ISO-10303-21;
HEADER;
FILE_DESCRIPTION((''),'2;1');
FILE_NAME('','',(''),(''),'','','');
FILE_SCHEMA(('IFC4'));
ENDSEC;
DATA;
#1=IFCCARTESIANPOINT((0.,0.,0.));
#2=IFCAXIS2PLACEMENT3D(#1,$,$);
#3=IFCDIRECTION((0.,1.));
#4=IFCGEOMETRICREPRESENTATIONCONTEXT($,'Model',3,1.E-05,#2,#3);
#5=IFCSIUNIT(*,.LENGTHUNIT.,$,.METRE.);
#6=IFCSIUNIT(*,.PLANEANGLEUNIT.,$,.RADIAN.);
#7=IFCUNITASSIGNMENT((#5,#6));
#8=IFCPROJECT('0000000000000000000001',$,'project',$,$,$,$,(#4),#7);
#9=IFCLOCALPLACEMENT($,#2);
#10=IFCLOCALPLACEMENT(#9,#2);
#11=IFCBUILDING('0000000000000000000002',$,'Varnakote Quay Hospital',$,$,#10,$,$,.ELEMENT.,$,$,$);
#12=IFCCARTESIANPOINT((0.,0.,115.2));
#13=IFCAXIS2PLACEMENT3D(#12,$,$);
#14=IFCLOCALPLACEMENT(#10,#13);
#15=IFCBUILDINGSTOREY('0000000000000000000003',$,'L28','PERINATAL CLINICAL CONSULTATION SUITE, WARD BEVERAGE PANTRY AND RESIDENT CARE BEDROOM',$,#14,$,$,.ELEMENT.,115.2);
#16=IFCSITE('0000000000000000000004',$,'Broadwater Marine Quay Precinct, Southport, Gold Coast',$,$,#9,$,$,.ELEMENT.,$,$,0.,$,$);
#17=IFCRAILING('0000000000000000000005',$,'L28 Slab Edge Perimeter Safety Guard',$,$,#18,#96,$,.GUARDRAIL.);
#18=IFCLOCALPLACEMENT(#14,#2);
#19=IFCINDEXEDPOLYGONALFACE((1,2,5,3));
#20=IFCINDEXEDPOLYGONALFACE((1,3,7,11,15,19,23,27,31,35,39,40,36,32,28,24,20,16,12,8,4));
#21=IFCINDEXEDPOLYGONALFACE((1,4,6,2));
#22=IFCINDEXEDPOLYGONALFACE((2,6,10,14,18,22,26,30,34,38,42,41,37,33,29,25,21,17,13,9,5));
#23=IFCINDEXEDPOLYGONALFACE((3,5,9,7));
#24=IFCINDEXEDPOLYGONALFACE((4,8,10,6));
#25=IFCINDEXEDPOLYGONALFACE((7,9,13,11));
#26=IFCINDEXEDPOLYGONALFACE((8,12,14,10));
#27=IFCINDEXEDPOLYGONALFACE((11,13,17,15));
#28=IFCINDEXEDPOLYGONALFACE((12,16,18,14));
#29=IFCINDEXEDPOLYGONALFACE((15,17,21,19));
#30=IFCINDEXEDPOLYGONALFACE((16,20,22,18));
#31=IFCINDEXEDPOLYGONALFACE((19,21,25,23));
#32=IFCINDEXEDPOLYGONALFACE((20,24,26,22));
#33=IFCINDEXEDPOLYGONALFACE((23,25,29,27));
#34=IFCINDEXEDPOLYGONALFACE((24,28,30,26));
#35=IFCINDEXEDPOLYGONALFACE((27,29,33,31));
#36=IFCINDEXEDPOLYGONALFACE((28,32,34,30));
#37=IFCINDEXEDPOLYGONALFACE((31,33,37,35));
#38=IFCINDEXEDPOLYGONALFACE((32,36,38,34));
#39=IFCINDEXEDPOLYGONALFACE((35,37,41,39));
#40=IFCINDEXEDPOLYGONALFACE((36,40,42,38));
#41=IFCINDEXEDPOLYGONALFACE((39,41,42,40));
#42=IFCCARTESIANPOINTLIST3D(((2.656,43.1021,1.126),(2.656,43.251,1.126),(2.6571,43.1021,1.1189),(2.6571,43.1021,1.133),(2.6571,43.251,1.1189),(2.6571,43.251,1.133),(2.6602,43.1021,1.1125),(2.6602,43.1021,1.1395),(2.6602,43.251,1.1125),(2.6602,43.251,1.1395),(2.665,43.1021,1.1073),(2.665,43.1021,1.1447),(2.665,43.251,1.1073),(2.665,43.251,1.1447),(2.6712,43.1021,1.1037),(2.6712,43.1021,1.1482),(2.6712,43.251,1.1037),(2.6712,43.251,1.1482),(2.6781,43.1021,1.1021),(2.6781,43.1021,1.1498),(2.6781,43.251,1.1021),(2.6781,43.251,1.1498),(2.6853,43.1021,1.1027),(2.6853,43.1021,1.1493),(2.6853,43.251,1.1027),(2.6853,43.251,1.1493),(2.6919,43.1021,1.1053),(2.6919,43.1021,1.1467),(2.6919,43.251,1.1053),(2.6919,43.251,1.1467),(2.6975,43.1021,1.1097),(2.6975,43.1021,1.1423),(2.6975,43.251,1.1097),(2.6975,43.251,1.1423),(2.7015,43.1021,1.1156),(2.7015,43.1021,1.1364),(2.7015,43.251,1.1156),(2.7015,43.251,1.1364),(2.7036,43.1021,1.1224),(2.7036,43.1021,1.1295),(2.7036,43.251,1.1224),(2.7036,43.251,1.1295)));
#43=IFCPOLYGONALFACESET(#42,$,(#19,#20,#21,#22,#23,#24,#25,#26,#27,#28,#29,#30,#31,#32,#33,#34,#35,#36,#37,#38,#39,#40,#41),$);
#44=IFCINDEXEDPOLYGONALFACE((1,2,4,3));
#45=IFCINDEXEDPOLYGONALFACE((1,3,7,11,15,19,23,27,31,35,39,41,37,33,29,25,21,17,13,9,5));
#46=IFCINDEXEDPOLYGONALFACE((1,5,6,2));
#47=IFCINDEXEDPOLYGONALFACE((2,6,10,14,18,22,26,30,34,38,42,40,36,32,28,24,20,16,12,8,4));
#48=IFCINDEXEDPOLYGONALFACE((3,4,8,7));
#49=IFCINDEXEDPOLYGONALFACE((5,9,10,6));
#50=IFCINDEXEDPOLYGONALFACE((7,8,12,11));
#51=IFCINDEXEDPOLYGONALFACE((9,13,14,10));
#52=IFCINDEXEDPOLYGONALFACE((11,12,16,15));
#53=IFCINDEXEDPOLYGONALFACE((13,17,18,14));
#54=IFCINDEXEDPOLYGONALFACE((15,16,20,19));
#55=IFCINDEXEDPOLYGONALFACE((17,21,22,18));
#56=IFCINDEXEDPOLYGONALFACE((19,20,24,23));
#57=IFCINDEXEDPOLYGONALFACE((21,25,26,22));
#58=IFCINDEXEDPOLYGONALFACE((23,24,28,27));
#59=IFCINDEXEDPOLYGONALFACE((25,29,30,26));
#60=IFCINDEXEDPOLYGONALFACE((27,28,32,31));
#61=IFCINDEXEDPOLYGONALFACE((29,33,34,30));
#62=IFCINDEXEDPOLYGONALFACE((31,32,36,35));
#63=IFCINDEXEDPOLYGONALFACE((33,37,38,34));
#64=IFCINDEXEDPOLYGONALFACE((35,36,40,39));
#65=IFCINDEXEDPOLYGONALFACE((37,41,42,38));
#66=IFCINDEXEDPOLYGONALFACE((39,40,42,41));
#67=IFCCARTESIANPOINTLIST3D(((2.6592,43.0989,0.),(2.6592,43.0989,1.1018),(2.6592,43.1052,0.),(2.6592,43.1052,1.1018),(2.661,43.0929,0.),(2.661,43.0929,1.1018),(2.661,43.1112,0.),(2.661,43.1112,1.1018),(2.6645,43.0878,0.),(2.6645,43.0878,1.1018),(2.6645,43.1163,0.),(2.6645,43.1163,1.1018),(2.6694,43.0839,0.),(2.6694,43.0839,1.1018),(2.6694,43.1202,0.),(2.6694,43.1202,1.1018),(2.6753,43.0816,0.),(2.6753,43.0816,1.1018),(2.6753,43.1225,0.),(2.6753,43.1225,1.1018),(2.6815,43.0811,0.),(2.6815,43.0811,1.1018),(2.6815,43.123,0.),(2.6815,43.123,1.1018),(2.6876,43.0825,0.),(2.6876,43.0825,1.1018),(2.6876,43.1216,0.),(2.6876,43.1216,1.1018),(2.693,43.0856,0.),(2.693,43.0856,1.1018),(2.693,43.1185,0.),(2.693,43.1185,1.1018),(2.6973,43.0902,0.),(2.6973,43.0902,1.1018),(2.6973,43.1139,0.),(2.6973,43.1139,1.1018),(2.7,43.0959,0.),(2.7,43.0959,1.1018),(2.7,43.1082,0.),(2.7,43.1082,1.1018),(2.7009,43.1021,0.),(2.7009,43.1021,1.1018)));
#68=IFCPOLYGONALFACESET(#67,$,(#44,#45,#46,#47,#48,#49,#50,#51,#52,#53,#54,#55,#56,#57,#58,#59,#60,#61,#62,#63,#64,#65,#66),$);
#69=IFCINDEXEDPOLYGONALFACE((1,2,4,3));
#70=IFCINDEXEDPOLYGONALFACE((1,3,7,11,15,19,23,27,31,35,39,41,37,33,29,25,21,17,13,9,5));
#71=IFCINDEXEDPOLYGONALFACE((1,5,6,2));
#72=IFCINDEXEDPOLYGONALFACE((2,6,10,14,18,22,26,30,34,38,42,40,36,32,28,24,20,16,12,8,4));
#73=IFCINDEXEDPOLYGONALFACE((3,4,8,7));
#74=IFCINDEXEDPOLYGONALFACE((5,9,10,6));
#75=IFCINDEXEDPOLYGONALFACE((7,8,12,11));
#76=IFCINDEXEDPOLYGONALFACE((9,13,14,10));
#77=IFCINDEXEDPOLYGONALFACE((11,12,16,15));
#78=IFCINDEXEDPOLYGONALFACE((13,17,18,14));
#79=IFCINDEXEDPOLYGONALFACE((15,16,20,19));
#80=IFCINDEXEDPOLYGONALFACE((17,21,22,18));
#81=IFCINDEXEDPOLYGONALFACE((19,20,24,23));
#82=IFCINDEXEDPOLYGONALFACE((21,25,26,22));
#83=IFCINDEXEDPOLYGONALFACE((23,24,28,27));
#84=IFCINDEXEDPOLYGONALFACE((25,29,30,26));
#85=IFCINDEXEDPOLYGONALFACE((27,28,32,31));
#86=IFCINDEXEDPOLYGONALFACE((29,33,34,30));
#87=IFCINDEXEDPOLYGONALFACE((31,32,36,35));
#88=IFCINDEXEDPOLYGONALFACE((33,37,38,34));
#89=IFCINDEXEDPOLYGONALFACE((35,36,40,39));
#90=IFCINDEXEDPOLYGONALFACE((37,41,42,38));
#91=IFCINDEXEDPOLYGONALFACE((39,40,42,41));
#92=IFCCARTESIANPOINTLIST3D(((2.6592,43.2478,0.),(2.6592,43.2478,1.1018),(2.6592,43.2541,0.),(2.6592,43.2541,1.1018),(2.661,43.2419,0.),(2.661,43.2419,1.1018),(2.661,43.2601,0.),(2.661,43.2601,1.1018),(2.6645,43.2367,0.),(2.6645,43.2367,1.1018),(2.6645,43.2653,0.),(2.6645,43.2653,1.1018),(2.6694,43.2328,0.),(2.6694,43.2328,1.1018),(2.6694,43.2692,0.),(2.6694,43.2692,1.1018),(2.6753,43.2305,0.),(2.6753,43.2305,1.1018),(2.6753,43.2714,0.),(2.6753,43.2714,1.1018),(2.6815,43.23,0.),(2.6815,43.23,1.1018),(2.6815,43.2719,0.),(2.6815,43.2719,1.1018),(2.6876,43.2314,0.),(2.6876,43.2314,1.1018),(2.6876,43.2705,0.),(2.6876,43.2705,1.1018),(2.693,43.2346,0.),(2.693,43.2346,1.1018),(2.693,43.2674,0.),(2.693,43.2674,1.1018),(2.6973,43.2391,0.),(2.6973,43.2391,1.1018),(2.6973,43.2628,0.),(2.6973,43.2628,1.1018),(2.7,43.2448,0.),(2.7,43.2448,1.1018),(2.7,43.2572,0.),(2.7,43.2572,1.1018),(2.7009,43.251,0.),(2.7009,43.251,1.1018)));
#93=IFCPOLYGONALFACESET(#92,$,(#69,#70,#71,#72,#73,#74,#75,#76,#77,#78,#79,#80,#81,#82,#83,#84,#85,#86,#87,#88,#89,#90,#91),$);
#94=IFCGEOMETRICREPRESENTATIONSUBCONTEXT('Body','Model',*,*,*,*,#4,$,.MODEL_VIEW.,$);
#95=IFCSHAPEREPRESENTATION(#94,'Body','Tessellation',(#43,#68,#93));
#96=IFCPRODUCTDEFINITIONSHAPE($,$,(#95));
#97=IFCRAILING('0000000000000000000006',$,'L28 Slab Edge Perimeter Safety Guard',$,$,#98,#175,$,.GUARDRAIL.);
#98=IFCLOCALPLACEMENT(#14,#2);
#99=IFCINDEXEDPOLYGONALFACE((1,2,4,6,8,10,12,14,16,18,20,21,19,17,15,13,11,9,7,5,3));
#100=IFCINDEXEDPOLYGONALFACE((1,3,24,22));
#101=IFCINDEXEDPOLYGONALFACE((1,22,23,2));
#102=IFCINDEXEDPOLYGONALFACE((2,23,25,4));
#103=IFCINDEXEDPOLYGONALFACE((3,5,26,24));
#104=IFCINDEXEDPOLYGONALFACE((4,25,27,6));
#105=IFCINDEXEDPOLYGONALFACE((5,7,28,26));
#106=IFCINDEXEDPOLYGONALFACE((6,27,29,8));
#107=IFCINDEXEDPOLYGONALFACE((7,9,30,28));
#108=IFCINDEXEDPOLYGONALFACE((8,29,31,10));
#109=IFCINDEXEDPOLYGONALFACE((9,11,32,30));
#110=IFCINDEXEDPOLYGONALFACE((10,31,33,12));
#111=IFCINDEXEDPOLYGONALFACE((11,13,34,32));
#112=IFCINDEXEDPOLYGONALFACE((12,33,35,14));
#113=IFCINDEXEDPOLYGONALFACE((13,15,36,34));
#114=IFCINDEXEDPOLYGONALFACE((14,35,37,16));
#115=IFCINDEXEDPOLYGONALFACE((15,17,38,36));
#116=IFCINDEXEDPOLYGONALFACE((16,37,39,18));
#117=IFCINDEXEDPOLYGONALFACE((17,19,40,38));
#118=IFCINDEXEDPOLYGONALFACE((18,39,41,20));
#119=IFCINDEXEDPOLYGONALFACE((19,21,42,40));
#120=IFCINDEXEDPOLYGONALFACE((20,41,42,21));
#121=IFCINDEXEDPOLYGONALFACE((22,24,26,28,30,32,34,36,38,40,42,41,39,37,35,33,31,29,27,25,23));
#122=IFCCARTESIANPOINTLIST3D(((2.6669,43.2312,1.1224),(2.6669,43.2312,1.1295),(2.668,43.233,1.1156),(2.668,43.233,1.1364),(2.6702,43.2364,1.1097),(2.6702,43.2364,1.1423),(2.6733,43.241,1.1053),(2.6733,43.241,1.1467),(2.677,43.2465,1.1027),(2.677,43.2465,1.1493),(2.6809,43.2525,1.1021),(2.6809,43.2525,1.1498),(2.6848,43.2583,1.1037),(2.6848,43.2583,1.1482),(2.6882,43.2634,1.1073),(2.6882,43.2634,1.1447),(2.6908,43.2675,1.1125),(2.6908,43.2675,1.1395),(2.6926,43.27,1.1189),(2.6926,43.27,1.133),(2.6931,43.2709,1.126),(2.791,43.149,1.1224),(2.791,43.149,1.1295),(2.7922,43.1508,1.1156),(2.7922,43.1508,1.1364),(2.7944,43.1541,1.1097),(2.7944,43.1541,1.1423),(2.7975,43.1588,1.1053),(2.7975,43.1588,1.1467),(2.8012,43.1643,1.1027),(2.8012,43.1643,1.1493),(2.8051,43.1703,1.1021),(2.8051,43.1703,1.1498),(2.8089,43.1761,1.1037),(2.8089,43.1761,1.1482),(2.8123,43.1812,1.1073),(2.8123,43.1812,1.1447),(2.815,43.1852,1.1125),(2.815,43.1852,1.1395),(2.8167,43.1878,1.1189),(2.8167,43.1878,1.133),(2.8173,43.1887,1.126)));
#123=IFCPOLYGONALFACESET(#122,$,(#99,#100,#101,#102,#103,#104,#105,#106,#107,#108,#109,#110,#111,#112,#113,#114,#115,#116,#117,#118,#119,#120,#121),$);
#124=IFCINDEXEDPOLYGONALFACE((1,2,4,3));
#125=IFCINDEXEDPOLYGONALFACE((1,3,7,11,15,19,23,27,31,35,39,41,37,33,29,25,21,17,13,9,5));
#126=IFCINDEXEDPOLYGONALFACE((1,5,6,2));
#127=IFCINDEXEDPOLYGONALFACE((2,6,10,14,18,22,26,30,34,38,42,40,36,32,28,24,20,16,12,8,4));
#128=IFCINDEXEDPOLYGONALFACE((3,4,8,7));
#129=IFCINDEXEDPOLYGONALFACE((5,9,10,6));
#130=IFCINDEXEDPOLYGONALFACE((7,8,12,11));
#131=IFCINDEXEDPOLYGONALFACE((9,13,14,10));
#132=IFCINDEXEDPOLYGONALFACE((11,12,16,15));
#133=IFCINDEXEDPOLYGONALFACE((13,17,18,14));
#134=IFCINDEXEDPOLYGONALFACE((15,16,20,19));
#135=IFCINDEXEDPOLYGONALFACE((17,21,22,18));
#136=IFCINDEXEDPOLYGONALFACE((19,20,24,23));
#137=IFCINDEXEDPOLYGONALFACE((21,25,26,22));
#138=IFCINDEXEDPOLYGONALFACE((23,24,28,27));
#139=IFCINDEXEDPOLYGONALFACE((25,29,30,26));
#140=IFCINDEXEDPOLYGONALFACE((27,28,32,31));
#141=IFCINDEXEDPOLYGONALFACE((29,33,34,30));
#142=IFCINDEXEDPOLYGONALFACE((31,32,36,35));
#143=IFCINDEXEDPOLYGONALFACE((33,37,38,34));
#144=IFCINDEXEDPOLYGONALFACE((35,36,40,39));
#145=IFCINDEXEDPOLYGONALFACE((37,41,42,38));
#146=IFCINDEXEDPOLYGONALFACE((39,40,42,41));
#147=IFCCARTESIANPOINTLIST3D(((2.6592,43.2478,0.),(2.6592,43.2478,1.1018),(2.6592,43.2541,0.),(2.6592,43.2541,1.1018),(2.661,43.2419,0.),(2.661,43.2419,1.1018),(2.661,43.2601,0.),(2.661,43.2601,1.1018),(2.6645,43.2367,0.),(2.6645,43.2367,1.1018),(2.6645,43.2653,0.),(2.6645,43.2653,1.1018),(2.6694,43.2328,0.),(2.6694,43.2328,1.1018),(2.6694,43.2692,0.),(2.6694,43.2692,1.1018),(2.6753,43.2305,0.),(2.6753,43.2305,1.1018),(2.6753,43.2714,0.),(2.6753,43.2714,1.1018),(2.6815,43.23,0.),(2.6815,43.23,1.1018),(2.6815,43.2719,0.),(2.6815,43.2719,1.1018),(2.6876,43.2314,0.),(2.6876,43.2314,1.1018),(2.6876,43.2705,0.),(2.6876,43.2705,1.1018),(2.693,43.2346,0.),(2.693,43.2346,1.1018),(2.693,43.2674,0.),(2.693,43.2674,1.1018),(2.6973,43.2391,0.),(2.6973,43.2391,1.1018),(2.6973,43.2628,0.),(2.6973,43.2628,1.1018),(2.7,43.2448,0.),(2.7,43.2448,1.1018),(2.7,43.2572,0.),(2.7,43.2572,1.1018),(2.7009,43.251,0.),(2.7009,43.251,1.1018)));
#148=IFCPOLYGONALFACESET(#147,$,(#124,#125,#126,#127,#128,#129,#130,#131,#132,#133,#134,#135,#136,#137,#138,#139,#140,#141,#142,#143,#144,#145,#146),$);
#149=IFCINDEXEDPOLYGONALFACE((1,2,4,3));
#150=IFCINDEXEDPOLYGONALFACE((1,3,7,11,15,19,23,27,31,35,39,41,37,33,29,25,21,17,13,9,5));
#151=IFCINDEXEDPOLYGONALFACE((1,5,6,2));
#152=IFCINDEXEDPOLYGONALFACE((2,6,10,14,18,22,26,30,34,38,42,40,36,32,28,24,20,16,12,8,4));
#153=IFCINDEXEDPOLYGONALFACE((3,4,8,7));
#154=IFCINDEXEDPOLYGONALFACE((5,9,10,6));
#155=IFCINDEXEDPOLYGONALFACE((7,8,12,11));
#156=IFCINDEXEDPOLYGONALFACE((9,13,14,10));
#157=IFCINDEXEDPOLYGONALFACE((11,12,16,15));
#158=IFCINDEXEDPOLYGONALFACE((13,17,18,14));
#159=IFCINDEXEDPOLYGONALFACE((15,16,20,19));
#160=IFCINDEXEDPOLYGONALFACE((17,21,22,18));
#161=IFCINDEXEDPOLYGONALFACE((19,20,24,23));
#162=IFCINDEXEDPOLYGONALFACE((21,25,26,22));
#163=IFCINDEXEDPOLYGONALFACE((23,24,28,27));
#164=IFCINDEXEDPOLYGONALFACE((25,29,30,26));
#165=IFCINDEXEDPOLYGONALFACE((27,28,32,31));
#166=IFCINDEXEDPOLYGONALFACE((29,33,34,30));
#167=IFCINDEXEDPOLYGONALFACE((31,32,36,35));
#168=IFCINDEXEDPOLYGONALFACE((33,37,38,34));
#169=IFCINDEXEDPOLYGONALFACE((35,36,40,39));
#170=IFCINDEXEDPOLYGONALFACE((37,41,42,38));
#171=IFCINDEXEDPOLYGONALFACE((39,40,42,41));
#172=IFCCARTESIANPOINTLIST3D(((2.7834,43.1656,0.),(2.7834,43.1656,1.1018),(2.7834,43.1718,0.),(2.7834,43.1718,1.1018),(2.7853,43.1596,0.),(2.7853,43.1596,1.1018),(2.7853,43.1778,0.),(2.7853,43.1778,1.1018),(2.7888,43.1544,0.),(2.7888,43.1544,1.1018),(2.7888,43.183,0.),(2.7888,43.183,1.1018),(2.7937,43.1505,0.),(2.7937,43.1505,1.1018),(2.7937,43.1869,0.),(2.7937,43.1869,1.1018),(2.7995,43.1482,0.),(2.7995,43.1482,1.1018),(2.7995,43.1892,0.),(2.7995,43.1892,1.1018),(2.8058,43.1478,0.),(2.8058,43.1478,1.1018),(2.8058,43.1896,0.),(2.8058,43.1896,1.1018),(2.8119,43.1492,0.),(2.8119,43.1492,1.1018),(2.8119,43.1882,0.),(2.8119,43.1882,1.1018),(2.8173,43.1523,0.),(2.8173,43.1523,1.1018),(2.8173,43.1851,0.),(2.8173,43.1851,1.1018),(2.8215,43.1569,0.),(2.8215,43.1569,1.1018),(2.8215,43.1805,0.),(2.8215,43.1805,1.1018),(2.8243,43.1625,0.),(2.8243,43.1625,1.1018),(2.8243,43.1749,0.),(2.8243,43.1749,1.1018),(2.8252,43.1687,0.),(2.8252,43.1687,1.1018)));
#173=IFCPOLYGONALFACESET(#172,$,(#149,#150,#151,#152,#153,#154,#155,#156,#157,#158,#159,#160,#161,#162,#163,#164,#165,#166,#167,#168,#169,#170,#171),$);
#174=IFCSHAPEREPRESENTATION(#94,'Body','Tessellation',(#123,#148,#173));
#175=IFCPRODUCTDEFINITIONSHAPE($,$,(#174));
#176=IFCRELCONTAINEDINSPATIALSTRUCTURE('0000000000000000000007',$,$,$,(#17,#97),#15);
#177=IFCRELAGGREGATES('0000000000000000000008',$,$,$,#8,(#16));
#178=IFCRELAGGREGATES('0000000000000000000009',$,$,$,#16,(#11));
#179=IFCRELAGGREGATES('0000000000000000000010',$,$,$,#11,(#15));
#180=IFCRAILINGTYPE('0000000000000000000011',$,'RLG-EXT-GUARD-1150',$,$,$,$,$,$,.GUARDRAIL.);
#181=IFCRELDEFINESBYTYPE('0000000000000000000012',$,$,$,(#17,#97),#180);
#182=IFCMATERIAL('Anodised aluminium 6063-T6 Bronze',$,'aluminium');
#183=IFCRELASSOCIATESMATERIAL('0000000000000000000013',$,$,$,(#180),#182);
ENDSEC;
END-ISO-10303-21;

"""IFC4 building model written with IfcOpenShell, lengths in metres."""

from ifc_helpers import new_model, si_unit, direction, frame, origin, origin_2d, place, context, subcontext, project, spatial, circle, extrude, material, type_object, element, save


model = new_model("IFC4")

# Units and contexts
model_context = context("Model", 3, precision=1e-05, world=origin(), true_north=direction((0.0, 1.0)))
body_context = subcontext(model_context, "Body", "Model", "MODEL_VIEW")
ifc_project = project(units=[si_unit("LENGTHUNIT", "METRE"), si_unit("PLANEANGLEUNIT", "RADIAN")], contexts=[model_context])

# Site, building, storey
site_placement = place(None, origin())
site = spatial("IfcSite", under=ifc_project, at=site_placement, Name="Broadwater Marine Quay Precinct, Southport, Gold Coast", CompositionType="ELEMENT", RefElevation=0.0)
building_placement = place(site_placement, origin())
building = spatial("IfcBuilding", under=site, at=building_placement, Name="Varnakote Quay Hospital", CompositionType="ELEMENT")
storey_placement = place(building_placement, frame((0.0, 0.0, 115.2)))
storey = spatial("IfcBuildingStorey", under=building, at=storey_placement, Name="L28", Description="PERINATAL CLINICAL CONSULTATION SUITE, WARD BEVERAGE PANTRY AND RESIDENT CARE BEDROOM", CompositionType="ELEMENT", Elevation=115.2)

# Railings
ifc_material_1 = material(Name="Anodised aluminium 6063-T6 Bronze", Category="aluminium")
railing_type = type_object("IfcRailingType", Name="RLG-EXT-GUARD-1150", PredefinedType="GUARDRAIL", material=ifc_material_1)
railing_1_placement = place(storey_placement, frame((2.6799, 43.1021, 0.0)))
element("IfcRailing", 1, at=railing_1_placement, inside=storey, type_object=railing_type, Name="L28 Slab Edge Perimeter Safety Guard", PredefinedType="GUARDRAIL", context=body_context, shape_type="SweptSolid", body=[
    extrude(circle(Radius=0.0239, at=origin_2d()), frame((0.0, 0.0, 1.126), z_axis=(0.0, 1.0, 0.0), x_axis=(-1.0, 0.0, 0.0)), (0.0, 0.0, 1.0), 0.1489),
    extrude(circle(Radius=0.021, at=origin_2d()), origin(), (0.0, 0.0, 1.0), 1.1018),
    extrude(circle(Radius=0.021, at=origin_2d()), frame((0.0, 0.1489, 0.0)), (0.0, 0.0, 1.0), 1.1018),
])
railing_2_placement = place(storey_placement, frame((2.6799, 43.251, 0.0)))
element("IfcRailing", 2, at=railing_2_placement, inside=storey, type_object=railing_type, Name="L28 Slab Edge Perimeter Safety Guard", PredefinedType="GUARDRAIL", context=body_context, shape_type="SweptSolid", body=[
    extrude(circle(Radius=0.0239, at=origin_2d()), frame((0.0, 0.0, 1.126), z_axis=(0.83381, -0.552051, 0.0), x_axis=(0.552051, 0.83381, 0.0)), (0.0, 0.0, 1.0), 0.1489),
    extrude(circle(Radius=0.021, at=origin_2d()), origin(), (0.0, 0.0, 1.0), 1.1018),
    extrude(circle(Radius=0.021, at=origin_2d()), frame((0.1243, -0.0823, 0.0)), (0.0, 0.0, 1.0), 1.1018),
])

save(model, "model.ifc")
